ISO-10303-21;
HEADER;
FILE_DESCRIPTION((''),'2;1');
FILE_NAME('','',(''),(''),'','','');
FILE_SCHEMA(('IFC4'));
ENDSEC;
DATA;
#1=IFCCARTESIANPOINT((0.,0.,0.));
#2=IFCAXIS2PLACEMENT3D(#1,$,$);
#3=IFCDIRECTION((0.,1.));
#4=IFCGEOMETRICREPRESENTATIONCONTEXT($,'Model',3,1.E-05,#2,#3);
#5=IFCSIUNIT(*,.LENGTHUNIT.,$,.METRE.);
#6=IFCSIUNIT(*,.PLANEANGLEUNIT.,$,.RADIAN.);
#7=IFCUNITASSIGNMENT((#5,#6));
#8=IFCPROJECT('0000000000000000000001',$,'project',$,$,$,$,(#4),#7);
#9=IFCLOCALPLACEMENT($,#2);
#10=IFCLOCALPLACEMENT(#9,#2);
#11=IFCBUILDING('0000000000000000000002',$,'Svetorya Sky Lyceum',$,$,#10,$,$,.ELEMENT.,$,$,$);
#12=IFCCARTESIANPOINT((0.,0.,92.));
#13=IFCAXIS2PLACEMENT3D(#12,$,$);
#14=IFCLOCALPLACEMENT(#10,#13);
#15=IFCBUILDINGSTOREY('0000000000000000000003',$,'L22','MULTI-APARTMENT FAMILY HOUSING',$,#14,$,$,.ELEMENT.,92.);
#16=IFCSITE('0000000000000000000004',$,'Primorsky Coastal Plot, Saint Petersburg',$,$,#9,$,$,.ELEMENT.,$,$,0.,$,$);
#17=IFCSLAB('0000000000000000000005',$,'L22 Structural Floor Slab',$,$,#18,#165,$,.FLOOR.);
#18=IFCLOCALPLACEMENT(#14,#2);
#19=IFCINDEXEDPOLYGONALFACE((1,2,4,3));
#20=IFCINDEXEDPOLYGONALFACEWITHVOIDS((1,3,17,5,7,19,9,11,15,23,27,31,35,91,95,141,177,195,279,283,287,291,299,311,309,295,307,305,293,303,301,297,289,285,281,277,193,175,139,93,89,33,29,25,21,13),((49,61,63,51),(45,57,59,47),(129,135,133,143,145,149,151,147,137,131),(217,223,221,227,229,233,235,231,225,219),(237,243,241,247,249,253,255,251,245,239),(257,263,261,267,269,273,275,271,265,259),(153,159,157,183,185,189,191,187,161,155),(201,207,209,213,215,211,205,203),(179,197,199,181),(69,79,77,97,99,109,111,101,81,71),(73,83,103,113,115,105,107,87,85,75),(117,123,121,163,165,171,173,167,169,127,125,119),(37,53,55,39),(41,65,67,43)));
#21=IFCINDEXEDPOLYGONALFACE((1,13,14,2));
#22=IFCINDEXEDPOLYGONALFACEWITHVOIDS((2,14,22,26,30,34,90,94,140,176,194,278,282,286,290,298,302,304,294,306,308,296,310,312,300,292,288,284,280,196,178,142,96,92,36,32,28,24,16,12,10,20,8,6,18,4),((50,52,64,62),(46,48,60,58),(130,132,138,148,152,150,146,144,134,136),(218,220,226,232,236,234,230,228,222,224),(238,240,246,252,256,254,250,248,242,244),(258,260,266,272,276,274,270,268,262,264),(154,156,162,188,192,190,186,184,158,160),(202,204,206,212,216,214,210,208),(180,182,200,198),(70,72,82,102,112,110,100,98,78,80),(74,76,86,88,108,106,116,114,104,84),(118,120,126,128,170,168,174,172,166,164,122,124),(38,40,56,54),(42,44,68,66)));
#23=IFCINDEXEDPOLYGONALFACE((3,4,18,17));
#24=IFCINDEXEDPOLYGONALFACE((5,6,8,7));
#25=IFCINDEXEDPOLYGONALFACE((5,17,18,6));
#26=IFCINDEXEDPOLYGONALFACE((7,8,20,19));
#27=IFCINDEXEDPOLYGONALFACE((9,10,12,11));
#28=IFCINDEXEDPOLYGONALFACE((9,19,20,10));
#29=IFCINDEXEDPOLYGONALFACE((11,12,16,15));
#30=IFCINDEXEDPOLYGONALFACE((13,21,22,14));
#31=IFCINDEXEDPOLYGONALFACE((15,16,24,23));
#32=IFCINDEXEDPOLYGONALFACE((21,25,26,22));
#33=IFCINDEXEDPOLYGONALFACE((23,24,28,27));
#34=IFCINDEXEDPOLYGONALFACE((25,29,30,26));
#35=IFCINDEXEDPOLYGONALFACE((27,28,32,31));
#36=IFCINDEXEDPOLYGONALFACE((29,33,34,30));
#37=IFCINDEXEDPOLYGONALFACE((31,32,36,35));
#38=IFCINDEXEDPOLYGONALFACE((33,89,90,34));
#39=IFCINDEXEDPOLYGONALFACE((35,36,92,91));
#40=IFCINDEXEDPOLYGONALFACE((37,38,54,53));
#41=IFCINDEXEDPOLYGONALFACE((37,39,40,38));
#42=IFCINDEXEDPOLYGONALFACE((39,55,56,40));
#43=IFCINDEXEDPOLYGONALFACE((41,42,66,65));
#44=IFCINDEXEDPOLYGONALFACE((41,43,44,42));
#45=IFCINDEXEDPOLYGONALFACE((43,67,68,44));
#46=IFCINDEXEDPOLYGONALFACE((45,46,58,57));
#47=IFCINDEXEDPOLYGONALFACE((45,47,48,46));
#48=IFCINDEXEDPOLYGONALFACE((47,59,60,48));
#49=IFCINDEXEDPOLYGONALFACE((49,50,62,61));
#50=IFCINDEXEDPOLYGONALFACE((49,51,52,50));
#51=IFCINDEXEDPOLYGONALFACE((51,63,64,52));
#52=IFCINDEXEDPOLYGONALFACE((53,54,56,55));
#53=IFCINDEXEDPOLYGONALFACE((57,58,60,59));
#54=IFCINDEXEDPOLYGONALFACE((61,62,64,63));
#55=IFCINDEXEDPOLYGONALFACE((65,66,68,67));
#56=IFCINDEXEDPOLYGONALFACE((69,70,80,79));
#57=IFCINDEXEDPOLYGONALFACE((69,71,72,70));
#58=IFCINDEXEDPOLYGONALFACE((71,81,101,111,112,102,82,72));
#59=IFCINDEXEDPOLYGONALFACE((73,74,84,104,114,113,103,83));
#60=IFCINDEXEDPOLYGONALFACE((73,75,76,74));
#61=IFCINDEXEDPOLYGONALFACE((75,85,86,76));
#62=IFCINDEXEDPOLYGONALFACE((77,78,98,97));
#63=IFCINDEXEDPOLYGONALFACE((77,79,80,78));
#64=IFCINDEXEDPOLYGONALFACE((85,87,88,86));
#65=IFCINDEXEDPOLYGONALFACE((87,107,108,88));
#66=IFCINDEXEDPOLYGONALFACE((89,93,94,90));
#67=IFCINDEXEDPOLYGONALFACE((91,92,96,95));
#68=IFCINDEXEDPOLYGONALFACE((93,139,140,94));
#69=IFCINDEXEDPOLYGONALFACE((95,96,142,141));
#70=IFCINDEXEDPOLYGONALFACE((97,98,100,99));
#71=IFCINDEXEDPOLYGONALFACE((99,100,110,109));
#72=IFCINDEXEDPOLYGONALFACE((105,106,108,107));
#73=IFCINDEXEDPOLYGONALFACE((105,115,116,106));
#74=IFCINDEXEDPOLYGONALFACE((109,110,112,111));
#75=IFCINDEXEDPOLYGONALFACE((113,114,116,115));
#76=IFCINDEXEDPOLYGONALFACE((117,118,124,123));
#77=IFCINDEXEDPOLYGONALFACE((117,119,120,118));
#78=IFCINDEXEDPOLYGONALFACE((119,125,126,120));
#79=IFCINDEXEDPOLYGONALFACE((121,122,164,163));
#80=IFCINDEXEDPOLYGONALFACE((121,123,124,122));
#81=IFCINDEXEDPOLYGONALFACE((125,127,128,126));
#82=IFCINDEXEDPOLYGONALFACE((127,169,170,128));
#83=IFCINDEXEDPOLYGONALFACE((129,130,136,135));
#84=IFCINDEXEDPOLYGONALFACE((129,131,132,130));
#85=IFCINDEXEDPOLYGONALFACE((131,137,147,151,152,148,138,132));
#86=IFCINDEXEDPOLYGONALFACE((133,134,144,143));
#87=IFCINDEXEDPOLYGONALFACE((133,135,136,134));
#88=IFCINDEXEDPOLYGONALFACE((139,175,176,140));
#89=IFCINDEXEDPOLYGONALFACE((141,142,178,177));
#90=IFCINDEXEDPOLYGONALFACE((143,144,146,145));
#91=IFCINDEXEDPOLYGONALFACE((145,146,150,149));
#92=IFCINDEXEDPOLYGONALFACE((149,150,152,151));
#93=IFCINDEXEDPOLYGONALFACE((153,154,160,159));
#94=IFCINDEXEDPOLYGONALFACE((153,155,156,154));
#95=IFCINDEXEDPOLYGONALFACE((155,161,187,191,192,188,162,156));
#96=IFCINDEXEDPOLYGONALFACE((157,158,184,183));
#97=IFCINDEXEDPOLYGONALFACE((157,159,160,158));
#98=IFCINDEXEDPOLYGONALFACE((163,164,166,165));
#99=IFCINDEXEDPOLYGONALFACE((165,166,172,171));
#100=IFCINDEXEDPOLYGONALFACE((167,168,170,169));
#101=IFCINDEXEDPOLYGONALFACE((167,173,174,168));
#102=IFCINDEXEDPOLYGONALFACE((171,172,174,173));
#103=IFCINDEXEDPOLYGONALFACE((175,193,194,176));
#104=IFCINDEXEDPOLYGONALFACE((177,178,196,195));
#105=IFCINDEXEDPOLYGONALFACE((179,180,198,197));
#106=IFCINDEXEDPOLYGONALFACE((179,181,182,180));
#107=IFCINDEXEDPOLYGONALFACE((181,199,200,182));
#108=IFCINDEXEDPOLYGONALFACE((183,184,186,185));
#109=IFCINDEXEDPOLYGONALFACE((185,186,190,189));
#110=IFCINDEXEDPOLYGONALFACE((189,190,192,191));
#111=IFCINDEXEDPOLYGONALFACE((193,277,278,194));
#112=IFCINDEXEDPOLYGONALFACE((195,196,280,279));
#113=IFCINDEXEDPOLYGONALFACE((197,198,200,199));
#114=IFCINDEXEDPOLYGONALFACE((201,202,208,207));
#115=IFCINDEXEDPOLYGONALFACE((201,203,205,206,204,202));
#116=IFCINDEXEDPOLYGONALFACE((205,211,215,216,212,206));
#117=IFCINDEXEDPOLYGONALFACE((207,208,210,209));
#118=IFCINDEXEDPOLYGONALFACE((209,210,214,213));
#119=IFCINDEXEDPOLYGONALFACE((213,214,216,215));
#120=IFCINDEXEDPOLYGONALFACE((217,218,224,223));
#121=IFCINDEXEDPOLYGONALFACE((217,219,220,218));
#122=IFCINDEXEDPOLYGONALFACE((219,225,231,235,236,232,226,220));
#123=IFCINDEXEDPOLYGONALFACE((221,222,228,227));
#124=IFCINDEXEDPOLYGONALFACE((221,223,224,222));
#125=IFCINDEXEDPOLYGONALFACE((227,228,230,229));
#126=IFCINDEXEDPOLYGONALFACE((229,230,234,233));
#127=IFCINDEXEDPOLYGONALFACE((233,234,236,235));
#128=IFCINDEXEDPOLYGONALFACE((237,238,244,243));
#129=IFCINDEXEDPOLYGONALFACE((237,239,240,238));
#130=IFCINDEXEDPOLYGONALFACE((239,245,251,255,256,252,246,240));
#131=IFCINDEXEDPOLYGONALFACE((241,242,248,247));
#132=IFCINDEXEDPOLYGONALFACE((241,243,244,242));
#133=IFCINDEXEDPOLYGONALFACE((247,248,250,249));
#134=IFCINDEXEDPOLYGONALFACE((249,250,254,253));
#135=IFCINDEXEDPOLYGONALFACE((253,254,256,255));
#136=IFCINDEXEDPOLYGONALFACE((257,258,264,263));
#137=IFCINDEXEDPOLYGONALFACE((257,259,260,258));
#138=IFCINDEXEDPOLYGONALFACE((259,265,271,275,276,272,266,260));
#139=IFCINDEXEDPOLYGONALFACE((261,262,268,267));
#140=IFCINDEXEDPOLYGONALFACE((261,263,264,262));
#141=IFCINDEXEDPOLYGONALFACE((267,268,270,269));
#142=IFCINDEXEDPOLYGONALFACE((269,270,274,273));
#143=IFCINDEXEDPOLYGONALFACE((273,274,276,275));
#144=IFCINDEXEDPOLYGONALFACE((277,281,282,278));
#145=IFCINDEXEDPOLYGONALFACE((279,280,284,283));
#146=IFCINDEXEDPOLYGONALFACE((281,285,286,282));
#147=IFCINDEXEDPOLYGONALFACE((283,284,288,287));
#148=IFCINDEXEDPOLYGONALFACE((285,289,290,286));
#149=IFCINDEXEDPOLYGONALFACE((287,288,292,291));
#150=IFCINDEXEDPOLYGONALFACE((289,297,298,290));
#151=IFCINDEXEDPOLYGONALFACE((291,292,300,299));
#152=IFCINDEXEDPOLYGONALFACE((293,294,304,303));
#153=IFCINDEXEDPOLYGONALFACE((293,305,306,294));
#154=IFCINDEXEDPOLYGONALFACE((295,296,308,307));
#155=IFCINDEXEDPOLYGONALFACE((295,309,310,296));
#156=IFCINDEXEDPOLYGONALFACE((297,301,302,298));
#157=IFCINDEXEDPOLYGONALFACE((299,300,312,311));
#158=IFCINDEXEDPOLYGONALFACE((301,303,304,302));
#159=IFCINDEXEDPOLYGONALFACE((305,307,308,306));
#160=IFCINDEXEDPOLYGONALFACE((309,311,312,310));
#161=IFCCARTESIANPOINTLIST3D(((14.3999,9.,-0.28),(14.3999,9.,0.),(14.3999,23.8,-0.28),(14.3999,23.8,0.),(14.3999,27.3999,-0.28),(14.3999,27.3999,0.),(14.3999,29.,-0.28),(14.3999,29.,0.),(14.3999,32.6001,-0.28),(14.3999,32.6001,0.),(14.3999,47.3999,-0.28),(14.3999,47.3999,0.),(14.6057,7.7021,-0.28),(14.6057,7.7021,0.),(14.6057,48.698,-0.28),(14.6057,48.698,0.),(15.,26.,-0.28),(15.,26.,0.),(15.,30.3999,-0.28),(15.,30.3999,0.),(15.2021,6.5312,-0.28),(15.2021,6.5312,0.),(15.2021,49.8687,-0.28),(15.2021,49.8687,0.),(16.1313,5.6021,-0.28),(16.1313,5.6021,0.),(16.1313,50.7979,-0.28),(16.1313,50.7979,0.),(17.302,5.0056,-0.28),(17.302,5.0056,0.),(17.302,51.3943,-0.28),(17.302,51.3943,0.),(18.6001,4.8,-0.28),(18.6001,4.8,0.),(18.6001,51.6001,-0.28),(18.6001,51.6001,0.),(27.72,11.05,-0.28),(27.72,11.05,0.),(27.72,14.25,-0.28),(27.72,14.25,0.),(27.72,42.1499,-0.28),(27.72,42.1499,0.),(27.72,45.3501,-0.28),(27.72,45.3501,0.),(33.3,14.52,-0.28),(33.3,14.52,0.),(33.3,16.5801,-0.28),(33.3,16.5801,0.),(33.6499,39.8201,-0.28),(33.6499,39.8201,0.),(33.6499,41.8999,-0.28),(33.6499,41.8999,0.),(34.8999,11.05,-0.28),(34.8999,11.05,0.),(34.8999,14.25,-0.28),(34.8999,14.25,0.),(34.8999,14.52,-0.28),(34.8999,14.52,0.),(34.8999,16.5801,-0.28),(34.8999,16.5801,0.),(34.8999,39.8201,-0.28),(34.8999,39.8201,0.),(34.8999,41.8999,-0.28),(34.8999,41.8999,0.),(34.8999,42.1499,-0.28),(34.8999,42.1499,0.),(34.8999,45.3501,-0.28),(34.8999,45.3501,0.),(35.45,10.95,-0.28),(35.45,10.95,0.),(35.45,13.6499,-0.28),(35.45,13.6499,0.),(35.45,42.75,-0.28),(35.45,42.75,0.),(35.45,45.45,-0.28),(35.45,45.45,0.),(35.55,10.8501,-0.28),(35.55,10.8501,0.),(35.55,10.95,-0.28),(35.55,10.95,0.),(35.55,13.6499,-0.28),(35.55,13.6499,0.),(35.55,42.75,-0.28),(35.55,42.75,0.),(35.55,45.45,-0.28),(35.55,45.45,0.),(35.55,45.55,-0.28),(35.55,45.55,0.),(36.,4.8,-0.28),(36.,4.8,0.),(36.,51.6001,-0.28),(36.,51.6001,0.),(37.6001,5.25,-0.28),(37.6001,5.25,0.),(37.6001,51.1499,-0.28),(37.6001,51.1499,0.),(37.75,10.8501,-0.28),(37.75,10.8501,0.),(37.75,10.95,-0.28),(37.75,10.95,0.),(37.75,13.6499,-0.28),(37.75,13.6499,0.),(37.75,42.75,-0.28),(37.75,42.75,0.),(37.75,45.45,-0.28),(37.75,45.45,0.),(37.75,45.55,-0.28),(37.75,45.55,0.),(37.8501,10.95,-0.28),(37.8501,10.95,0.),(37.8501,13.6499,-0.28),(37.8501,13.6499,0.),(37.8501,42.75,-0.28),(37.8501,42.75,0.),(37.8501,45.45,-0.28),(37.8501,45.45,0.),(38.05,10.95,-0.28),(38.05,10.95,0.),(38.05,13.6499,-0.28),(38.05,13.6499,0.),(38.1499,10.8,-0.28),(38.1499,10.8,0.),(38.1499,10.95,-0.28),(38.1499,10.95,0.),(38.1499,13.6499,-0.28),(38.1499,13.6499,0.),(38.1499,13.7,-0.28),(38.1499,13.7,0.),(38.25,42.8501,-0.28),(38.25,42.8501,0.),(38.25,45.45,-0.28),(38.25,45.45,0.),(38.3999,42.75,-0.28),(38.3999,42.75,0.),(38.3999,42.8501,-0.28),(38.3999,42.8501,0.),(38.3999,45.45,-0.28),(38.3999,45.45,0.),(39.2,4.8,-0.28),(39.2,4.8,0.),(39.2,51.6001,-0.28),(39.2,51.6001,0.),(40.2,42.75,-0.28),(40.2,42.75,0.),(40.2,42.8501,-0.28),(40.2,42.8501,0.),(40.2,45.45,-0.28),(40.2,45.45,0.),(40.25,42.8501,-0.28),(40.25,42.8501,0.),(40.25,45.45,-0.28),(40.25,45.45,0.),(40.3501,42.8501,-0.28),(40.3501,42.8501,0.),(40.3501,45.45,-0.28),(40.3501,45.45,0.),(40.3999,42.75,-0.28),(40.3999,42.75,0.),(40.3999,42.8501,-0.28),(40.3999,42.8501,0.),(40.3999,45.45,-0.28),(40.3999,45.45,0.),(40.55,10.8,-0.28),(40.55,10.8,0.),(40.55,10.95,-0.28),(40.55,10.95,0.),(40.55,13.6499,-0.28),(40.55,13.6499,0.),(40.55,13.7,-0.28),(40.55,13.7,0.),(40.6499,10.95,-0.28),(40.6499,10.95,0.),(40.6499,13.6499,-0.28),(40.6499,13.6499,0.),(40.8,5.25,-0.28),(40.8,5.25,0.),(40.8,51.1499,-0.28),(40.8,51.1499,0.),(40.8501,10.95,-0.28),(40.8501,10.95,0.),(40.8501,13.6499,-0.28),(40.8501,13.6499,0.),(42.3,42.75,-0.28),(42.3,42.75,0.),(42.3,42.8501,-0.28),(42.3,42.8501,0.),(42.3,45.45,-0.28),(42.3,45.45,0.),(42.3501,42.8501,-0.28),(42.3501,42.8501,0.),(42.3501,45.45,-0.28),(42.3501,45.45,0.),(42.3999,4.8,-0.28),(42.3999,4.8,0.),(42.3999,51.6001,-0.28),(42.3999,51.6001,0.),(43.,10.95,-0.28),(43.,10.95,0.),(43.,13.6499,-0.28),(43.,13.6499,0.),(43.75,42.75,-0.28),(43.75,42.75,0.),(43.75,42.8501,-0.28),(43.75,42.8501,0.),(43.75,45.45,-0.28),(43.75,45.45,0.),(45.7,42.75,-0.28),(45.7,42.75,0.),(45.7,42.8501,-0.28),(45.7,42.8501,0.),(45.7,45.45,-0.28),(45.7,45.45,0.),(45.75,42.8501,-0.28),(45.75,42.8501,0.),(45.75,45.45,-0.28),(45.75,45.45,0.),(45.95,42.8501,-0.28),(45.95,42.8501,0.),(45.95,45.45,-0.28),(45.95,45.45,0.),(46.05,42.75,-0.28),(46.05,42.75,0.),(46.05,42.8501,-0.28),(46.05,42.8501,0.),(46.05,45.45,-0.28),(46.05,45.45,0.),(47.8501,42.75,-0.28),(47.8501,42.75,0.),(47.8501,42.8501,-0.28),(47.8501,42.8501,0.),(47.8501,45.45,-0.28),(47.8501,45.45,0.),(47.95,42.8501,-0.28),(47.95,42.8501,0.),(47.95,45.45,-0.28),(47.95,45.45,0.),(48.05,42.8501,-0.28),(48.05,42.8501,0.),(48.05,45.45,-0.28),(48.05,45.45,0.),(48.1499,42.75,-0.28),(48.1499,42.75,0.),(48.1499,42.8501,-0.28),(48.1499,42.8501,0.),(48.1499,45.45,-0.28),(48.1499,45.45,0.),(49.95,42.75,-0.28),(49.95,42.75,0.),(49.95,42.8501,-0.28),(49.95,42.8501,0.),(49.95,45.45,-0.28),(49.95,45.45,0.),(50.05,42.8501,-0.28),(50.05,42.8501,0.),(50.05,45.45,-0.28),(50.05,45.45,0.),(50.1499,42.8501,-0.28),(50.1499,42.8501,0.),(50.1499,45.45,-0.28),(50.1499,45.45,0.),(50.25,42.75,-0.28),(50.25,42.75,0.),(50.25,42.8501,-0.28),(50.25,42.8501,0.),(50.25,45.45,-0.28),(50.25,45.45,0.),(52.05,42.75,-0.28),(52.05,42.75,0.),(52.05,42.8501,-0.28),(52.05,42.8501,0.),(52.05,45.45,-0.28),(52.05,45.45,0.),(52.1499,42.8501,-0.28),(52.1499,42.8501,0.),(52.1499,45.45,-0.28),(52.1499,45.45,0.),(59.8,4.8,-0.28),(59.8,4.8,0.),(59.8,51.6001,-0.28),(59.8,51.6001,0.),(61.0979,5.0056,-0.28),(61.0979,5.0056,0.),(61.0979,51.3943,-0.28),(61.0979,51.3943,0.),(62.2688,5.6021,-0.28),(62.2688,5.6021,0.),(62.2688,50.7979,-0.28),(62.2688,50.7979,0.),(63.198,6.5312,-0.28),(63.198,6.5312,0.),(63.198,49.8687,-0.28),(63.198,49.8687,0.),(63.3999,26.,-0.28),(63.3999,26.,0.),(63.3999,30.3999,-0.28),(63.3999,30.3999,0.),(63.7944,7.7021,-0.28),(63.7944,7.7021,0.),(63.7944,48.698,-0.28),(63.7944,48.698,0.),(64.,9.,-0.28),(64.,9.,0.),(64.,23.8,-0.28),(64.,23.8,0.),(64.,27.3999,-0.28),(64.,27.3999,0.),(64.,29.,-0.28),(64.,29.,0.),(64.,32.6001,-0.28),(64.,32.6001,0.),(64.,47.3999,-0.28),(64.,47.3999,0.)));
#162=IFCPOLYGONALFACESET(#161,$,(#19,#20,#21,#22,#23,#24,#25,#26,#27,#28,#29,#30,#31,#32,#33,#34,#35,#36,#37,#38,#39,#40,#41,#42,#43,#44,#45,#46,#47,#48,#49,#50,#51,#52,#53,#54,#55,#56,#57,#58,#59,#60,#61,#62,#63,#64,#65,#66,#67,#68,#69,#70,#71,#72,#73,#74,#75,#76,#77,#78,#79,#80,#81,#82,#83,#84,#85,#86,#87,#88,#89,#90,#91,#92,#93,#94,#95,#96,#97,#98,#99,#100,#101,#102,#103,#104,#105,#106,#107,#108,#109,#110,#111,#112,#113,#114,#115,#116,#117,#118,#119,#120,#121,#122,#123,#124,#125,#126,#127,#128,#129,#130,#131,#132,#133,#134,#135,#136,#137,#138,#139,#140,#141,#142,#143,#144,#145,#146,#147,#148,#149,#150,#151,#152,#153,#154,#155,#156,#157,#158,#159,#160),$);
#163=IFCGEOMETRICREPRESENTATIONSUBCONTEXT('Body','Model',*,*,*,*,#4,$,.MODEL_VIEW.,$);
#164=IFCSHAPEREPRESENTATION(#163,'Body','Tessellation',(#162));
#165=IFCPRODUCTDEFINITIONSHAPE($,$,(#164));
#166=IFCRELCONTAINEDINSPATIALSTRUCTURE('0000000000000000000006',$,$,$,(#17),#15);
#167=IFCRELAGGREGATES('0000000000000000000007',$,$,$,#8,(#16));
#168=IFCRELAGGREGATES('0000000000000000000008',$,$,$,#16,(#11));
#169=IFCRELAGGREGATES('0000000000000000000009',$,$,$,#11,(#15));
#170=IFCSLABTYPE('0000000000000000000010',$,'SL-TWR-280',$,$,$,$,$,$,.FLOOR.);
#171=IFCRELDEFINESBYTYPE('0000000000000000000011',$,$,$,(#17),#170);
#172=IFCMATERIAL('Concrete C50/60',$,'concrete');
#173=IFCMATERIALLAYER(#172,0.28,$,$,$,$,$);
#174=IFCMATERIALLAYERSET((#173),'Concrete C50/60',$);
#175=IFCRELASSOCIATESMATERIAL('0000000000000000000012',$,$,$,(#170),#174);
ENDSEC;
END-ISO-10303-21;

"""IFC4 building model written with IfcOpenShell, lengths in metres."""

from ifc_helpers import new_model, si_unit, direction, frame, origin, place, context, subcontext, project, spatial, polyline, outline, extrude, material, layer, layer_set, type_object, element, save


model = new_model("IFC4")

# Units and contexts
model_context = context("Model", 3, precision=1e-05, world=origin(), true_north=direction((0.0, 1.0)))
body_context = subcontext(model_context, "Body", "Model", "MODEL_VIEW")
ifc_project = project(units=[si_unit("LENGTHUNIT", "METRE"), si_unit("PLANEANGLEUNIT", "RADIAN")], contexts=[model_context])

# Site, building, storey
site_placement = place(None, origin())
site = spatial("IfcSite", under=ifc_project, at=site_placement, Name="Primorsky Coastal Plot, Saint Petersburg", CompositionType="ELEMENT", RefElevation=0.0)
building_placement = place(site_placement, origin())
building = spatial("IfcBuilding", under=site, at=building_placement, Name="Svetorya Sky Lyceum", CompositionType="ELEMENT")
storey_placement = place(building_placement, frame((0.0, 0.0, 92.0)))
storey = spatial("IfcBuildingStorey", under=building, at=storey_placement, Name="L22", Description="MULTI-APARTMENT FAMILY HOUSING", CompositionType="ELEMENT", Elevation=92.0)

# Shared definitions
ifc_material_1 = material(Name="Concrete C50/60", Category="concrete")

# Slab
ifc_layer_1 = layer(ifc_material_1, 0.28)
ifc_layer_set_1 = layer_set([ifc_layer_1], Name="Concrete C50/60")
slab_type_1 = type_object("IfcSlabType", Name="SL-TWR-280", PredefinedType="FLOOR", material=ifc_layer_set_1)
slab_1_placement = place(storey_placement, frame((0.0, 0.0, -0.28)))
element("IfcSlab", 1, at=slab_1_placement, inside=storey, type_object=slab_type_1, Name="L22 Structural Floor Slab", PredefinedType="FLOOR", context=body_context, shape_type="SweptSolid", body=[
    extrude(outline(polyline([(14.3999, 9.0), (14.6057, 7.7021), (15.2021, 6.5312), (16.1313, 5.6021), (17.302, 5.0056), (18.6001, 4.8), (36.0, 4.8), (37.6001, 5.25), (39.2, 4.8), (40.8, 5.25), (42.3999, 4.8), (59.8, 4.8), (61.0979, 5.0056), (62.2688, 5.6021), (63.198, 6.5312), (63.7944, 7.7021), (64.0, 9.0), (64.0, 23.8), (63.3999, 26.0), (64.0, 27.3999), (64.0, 29.0), (63.3999, 30.3999), (64.0, 32.6001), (64.0, 47.3999), (63.7944, 48.698), (63.198, 49.8687), (62.2688, 50.7979), (61.0979, 51.3943), (59.8, 51.6001), (42.3999, 51.6001), (40.8, 51.1499), (39.2, 51.6001), (37.6001, 51.1499), (36.0, 51.6001), (18.6001, 51.6001), (17.302, 51.3943), (16.1313, 50.7979), (15.2021, 49.8687), (14.6057, 48.698), (14.3999, 47.3999), (14.3999, 32.6001), (15.0, 30.3999), (14.3999, 29.0), (14.3999, 27.3999), (15.0, 26.0), (14.3999, 23.8), (14.3999, 9.0)]), holes=[polyline([(37.8501, 10.95), (37.75, 10.95), (37.75, 10.8501), (35.55, 10.8501), (35.55, 10.95), (35.45, 10.95), (35.45, 13.6499), (35.55, 13.6499), (37.75, 13.6499), (37.8501, 13.6499), (37.8501, 10.95)]), polyline([(40.6499, 13.6499), (40.6499, 10.95), (40.55, 10.95), (40.55, 10.8), (38.1499, 10.8), (38.1499, 10.95), (38.05, 10.95), (38.05, 13.6499), (38.1499, 13.6499), (38.1499, 13.7), (40.55, 13.7), (40.55, 13.6499), (40.6499, 13.6499)]), polyline([(27.72, 14.25), (34.8999, 14.25), (34.8999, 11.05), (27.72, 11.05), (27.72, 14.25)]), polyline([(33.3, 14.52), (33.3, 16.5801), (34.8999, 16.5801), (34.8999, 14.52), (33.3, 14.52)]), polyline([(33.6499, 41.8999), (34.8999, 41.8999), (34.8999, 39.8201), (33.6499, 39.8201), (33.6499, 41.8999)]), polyline([(27.72, 45.3501), (34.8999, 45.3501), (34.8999, 42.1499), (27.72, 42.1499), (27.72, 45.3501)]), polyline([(37.75, 45.55), (37.75, 45.45), (37.8501, 45.45), (37.8501, 42.75), (37.75, 42.75), (35.55, 42.75), (35.45, 42.75), (35.45, 45.45), (35.55, 45.45), (35.55, 45.55), (37.75, 45.55)]), polyline([(38.3999, 42.8501), (38.25, 42.8501), (38.25, 45.45), (38.3999, 45.45), (40.2, 45.45), (40.25, 45.45), (40.25, 42.8501), (40.2, 42.8501), (40.2, 42.75), (38.3999, 42.75), (38.3999, 42.8501)]), polyline([(40.8501, 13.6499), (43.0, 13.6499), (43.0, 10.95), (40.8501, 10.95), (40.8501, 13.6499)]), polyline([(40.3999, 42.8501), (40.3501, 42.8501), (40.3501, 45.45), (40.3999, 45.45), (42.3, 45.45), (42.3501, 45.45), (42.3501, 42.8501), (42.3, 42.8501), (42.3, 42.75), (40.3999, 42.75), (40.3999, 42.8501)]), polyline([(43.75, 42.75), (43.75, 42.8501), (43.75, 45.45), (45.7, 45.45), (45.75, 45.45), (45.75, 42.8501), (45.7, 42.8501), (45.7, 42.75), (43.75, 42.75)]), polyline([(46.05, 42.8501), (45.95, 42.8501), (45.95, 45.45), (46.05, 45.45), (47.8501, 45.45), (47.95, 45.45), (47.95, 42.8501), (47.8501, 42.8501), (47.8501, 42.75), (46.05, 42.75), (46.05, 42.8501)]), polyline([(48.1499, 42.8501), (48.05, 42.8501), (48.05, 45.45), (48.1499, 45.45), (49.95, 45.45), (50.05, 45.45), (50.05, 42.8501), (49.95, 42.8501), (49.95, 42.75), (48.1499, 42.75), (48.1499, 42.8501)]), polyline([(52.1499, 42.8501), (52.05, 42.8501), (52.05, 42.75), (50.25, 42.75), (50.25, 42.8501), (50.1499, 42.8501), (50.1499, 45.45), (50.25, 45.45), (52.05, 45.45), (52.1499, 45.45), (52.1499, 42.8501)])]), origin(), (0.0, 0.0, 1.0), 0.28),
])

save(model, "model.ifc")
